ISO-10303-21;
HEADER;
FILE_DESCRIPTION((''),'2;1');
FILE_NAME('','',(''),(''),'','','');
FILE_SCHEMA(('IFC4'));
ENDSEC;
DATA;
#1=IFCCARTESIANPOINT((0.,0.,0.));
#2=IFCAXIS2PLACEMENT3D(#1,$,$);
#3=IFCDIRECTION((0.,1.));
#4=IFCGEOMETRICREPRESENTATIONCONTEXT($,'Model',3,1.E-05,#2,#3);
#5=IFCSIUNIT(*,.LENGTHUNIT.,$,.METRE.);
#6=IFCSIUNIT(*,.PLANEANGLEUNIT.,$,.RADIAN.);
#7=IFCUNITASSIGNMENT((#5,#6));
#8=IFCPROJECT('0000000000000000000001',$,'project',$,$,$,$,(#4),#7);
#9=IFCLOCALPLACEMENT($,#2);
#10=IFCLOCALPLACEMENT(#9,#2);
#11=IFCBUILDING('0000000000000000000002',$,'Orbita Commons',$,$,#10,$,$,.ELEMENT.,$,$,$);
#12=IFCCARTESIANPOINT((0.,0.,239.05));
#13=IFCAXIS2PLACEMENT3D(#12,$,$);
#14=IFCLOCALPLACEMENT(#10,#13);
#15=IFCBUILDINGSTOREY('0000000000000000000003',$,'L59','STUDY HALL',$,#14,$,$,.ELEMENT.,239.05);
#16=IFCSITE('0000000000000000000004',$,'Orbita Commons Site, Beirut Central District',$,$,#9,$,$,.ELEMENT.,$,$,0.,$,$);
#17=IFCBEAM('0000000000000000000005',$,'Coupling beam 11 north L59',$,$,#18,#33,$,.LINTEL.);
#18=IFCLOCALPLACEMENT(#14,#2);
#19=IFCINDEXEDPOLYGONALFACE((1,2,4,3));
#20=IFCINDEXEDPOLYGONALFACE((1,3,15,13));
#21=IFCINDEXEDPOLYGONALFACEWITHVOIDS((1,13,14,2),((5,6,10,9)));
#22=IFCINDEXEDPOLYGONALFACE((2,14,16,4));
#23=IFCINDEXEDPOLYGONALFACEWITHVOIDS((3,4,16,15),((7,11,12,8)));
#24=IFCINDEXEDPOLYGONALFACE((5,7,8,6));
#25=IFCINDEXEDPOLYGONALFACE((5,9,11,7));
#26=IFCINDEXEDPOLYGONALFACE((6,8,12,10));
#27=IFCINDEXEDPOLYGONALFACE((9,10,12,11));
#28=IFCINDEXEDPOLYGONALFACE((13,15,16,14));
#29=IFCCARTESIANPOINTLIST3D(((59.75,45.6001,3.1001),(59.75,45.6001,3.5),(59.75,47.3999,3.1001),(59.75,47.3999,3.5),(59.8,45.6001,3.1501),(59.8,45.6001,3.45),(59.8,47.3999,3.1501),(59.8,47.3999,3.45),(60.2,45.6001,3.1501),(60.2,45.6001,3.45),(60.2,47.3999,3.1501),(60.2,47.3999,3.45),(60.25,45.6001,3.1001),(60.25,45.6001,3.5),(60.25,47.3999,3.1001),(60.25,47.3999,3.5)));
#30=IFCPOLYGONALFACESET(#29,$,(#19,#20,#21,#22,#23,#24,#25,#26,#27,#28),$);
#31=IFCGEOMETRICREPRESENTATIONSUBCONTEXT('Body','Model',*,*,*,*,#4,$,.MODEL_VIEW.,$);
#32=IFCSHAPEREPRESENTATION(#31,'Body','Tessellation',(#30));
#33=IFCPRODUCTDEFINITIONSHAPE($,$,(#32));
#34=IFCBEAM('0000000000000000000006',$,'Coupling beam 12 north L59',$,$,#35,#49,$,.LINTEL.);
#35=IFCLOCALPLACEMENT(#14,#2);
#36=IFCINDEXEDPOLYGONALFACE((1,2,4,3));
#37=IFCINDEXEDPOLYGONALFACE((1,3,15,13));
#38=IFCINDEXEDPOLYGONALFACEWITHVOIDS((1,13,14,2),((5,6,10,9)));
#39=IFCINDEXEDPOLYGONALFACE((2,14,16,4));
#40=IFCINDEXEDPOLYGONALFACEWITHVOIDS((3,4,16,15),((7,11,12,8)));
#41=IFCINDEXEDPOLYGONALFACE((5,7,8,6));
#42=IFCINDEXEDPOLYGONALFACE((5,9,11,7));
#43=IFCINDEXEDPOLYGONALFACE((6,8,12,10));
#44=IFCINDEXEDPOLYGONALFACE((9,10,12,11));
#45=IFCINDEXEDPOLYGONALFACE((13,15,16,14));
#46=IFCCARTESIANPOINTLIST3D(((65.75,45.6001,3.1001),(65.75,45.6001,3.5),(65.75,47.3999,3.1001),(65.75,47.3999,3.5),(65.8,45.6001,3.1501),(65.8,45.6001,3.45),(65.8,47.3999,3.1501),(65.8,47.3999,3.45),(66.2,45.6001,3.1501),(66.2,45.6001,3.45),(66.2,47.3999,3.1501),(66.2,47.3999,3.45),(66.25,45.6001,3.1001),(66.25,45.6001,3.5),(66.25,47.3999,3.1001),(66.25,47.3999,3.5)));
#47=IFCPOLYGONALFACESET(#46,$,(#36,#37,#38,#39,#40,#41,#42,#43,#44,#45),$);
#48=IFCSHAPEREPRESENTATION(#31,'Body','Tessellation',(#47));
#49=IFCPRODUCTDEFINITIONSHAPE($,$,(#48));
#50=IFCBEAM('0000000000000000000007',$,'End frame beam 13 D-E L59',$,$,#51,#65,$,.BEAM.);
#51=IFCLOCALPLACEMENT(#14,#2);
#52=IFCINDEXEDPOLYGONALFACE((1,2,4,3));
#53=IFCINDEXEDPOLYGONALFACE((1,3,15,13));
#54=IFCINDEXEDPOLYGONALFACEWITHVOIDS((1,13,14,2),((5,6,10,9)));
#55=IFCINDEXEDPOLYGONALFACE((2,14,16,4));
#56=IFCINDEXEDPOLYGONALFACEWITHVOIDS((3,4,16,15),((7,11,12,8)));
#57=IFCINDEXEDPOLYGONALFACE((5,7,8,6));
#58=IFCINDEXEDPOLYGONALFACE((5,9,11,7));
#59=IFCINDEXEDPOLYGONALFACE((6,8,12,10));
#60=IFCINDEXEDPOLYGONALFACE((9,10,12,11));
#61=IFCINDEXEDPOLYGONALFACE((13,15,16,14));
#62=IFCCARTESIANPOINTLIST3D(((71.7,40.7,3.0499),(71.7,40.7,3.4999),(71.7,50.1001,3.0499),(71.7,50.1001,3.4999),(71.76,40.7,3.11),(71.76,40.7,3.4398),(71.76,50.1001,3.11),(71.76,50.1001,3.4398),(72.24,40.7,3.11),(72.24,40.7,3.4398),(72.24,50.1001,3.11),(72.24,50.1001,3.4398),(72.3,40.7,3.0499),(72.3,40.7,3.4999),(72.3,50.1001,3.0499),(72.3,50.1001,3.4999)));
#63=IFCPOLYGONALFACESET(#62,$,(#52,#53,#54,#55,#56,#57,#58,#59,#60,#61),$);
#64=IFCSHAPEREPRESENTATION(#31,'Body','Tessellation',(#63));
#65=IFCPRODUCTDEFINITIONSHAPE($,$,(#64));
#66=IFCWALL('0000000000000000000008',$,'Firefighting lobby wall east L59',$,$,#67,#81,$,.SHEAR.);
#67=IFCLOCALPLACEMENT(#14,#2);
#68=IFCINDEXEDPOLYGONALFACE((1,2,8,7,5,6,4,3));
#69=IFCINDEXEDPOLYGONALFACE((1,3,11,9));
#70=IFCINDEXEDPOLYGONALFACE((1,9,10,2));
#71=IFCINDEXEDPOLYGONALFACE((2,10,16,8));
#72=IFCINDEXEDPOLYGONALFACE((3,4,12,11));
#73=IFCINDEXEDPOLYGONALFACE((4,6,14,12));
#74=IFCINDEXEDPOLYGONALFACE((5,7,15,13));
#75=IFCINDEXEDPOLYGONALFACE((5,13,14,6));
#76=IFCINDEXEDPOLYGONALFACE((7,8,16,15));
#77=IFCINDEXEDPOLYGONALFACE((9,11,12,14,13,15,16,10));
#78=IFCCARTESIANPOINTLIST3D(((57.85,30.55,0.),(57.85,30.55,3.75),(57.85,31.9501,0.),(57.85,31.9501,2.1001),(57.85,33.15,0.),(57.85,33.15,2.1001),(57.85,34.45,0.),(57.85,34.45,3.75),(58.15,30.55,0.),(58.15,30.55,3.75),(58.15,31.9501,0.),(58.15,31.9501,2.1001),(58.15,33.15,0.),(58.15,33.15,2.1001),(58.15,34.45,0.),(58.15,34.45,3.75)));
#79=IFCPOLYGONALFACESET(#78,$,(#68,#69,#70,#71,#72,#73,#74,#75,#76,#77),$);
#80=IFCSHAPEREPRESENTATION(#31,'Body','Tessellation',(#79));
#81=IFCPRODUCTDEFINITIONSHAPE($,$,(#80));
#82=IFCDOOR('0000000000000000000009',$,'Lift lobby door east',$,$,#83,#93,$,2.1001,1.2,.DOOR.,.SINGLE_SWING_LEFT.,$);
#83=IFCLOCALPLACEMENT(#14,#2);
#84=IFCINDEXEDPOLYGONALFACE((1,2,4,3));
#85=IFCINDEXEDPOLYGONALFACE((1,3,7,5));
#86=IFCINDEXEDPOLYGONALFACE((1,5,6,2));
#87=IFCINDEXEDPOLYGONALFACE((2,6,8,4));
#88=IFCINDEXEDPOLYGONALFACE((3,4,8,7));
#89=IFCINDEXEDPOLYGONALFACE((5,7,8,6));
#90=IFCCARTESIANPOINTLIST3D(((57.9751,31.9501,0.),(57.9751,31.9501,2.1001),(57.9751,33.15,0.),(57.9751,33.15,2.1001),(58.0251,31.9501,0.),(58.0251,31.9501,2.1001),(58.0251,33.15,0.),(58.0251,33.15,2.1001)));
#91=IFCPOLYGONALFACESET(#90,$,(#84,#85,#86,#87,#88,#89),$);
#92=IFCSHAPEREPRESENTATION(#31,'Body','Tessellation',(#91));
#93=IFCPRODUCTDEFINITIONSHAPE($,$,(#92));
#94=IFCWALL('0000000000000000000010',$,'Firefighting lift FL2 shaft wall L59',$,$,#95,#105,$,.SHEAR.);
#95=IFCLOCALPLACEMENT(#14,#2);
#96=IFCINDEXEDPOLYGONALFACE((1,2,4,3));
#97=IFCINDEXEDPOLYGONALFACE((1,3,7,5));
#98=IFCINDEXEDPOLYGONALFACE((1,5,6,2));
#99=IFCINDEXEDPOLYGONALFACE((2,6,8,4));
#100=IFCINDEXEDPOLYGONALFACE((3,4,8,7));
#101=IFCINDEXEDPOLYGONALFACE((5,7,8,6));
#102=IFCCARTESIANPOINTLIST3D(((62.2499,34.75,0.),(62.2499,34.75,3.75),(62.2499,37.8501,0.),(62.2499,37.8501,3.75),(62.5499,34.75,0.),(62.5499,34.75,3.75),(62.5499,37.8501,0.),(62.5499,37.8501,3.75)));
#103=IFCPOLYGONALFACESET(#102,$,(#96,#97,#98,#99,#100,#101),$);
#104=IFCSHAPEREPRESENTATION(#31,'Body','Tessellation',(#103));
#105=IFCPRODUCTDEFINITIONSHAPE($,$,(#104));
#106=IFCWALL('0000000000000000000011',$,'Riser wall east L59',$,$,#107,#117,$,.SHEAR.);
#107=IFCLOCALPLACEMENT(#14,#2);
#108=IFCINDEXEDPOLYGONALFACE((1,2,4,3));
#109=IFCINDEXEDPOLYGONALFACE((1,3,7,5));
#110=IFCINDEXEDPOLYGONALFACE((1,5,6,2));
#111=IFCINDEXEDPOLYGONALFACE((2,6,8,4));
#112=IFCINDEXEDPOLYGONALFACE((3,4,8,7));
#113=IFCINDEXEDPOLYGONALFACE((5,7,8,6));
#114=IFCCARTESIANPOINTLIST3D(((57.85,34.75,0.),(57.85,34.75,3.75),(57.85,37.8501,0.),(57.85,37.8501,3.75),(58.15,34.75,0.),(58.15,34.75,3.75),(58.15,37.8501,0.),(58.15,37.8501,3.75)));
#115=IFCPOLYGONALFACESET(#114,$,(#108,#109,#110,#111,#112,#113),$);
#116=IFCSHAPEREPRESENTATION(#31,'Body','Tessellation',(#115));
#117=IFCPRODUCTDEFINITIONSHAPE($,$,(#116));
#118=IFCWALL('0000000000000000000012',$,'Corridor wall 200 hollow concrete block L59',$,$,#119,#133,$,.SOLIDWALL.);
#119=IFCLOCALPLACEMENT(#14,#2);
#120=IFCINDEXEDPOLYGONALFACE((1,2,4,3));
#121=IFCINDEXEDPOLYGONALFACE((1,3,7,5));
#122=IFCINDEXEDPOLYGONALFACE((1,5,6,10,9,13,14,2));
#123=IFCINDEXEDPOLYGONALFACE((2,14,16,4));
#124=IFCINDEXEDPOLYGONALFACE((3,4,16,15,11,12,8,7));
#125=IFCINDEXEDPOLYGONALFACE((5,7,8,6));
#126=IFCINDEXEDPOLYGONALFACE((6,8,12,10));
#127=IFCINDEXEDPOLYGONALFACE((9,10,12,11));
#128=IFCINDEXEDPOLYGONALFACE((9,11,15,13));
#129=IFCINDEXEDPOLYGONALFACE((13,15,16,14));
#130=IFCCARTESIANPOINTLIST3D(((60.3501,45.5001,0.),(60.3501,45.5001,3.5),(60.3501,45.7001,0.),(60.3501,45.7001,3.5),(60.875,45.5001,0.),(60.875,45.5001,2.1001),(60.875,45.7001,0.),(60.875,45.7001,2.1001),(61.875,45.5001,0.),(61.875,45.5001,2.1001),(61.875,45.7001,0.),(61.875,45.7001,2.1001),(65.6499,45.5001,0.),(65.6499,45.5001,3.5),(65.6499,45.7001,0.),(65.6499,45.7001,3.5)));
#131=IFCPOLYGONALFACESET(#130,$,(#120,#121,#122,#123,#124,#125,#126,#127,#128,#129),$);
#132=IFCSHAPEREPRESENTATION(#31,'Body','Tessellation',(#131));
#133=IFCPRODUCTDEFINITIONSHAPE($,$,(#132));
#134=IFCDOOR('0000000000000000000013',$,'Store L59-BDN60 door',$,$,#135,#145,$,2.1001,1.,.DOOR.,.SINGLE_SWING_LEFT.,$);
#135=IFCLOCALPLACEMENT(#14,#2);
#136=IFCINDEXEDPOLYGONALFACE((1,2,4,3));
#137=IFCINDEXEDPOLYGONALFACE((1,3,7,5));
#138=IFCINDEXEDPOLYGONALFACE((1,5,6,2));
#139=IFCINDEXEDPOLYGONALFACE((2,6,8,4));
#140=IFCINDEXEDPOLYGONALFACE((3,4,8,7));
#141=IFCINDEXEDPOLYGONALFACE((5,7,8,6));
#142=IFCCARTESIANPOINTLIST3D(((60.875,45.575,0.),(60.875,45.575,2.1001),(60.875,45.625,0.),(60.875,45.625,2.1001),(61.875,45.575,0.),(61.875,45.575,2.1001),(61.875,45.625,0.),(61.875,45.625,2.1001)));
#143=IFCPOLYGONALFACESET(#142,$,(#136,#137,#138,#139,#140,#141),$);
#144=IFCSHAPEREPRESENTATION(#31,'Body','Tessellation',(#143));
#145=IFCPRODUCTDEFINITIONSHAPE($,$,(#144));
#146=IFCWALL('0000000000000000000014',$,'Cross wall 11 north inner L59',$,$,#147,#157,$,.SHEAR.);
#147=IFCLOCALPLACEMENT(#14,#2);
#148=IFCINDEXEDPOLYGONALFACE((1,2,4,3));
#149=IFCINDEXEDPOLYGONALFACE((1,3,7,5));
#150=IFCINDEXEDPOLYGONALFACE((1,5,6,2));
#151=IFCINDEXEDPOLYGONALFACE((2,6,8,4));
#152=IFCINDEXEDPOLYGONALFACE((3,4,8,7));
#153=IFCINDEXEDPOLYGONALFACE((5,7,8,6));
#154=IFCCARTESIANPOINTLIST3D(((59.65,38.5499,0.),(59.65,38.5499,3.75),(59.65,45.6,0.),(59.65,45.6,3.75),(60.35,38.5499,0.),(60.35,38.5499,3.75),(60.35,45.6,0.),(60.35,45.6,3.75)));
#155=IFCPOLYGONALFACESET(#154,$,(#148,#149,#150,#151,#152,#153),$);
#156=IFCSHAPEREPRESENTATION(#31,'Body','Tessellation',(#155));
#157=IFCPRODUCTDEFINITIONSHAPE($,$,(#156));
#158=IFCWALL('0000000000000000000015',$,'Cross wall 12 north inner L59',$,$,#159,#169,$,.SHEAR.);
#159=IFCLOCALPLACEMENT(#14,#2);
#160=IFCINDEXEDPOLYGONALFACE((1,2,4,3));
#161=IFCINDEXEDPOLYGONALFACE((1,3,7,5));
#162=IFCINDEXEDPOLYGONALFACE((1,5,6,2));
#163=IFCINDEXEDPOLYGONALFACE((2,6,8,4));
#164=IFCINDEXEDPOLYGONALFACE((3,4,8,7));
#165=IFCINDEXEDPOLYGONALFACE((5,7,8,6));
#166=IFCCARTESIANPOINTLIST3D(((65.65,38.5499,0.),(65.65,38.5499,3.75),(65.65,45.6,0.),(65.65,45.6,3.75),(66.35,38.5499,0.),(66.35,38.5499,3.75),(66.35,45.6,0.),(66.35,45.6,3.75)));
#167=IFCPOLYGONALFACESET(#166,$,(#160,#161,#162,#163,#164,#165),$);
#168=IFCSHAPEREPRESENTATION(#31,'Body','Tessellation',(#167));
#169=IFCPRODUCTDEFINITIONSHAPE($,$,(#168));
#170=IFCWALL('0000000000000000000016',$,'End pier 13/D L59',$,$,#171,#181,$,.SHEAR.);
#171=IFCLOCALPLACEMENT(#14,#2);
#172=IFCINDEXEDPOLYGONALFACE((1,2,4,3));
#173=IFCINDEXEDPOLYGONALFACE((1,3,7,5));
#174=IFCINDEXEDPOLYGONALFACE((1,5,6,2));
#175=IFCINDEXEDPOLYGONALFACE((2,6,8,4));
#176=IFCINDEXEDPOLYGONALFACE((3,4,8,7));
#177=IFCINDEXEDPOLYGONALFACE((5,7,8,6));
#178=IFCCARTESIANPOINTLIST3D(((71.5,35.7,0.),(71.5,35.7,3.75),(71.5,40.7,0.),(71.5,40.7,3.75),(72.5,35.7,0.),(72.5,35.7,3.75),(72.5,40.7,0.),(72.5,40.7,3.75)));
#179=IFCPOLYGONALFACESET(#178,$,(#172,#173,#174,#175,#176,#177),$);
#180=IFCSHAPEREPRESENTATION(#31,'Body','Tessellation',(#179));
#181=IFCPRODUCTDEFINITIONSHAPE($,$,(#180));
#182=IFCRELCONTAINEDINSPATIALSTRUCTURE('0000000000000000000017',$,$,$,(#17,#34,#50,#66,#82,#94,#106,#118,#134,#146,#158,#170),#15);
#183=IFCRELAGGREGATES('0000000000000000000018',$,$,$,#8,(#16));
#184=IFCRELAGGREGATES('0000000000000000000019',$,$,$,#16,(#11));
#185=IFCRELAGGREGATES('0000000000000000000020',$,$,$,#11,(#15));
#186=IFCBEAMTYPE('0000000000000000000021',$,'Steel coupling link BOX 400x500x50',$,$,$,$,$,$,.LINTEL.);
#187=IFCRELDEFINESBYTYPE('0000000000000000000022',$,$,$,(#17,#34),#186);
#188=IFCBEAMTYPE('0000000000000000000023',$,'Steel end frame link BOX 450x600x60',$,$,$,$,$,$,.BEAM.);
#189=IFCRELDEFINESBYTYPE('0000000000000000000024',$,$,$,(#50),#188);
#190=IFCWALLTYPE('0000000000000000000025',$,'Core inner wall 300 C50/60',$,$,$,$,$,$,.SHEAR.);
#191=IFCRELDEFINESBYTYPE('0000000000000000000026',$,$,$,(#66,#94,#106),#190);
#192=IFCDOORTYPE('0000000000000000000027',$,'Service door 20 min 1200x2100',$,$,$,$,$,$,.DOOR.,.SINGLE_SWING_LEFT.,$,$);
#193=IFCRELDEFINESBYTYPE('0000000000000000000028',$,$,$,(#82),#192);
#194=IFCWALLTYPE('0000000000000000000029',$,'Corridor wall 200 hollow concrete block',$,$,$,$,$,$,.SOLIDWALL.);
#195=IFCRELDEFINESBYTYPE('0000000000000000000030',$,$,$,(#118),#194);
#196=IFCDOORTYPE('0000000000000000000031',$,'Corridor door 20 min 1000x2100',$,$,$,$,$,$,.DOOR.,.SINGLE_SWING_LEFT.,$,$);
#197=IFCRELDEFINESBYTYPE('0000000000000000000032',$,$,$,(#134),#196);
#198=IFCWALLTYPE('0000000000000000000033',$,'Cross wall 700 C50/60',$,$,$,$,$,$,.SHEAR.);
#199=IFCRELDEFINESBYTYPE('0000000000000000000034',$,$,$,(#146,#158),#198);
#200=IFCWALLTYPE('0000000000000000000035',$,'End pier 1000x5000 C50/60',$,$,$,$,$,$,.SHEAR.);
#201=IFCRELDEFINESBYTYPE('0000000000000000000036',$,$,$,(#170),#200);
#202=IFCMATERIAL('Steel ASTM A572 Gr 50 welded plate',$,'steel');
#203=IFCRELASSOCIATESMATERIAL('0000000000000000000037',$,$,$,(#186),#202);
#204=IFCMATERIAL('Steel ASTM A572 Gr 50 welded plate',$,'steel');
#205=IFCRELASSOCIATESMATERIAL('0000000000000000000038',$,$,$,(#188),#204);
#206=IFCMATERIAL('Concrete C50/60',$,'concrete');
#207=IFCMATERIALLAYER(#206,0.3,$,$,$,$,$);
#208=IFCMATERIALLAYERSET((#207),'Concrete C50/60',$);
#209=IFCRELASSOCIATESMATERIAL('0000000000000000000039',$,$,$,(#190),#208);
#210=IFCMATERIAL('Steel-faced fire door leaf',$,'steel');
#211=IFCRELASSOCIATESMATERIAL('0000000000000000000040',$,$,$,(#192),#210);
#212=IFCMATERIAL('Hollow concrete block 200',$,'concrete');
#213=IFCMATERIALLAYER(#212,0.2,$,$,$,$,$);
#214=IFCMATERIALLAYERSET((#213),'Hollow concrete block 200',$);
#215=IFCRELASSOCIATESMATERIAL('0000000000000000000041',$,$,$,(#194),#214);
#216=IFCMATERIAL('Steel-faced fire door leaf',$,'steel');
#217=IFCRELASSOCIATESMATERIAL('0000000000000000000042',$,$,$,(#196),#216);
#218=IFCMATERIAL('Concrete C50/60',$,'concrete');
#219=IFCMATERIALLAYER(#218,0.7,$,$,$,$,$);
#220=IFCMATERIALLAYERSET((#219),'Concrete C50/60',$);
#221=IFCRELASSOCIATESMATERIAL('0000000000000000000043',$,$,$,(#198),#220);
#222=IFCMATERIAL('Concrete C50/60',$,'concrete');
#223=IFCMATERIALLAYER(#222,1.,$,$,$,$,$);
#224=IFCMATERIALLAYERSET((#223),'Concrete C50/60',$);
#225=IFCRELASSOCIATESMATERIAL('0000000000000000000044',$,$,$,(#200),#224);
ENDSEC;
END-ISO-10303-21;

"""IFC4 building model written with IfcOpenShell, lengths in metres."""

from ifc_helpers import new_model, si_unit, direction, frame, frame_2d, origin, origin_2d, place, context, subcontext, project, spatial, rectangle, hollow_rectangle, extrude, material, layer, layer_set, material_profile, profile_set, type_object, element, fill, save


model = new_model("IFC4")

# Units and contexts
model_context = context("Model", 3, precision=1e-05, world=origin(), true_north=direction((0.0, 1.0)))
body_context = subcontext(model_context, "Body", "Model", "MODEL_VIEW")
ifc_project = project(units=[si_unit("LENGTHUNIT", "METRE"), si_unit("PLANEANGLEUNIT", "RADIAN")], contexts=[model_context])

# Site, building, storey
site_placement = place(None, origin())
site = spatial("IfcSite", under=ifc_project, at=site_placement, Name="Orbita Commons Site, Beirut Central District", CompositionType="ELEMENT", RefElevation=0.0)
building_placement = place(site_placement, origin())
building = spatial("IfcBuilding", under=site, at=building_placement, Name="Orbita Commons", CompositionType="ELEMENT")
storey_placement = place(building_placement, frame((0.0, 0.0, 239.05)))
storey = spatial("IfcBuildingStorey", under=building, at=storey_placement, Name="L59", Description="STUDY HALL", CompositionType="ELEMENT", Elevation=239.05)

# Beams
ifc_material_1 = material(Name="Steel ASTM A572 Gr 50 welded plate", Category="steel")
ifc_material_profile_1 = material_profile(ifc_material_1, hollow_rectangle(XDim=0.5, YDim=0.3999, WallThickness=0.05, at=origin_2d()), Name="BOX 400x500x50")
ifc_profile_set_1 = profile_set([ifc_material_profile_1], Name="Steel ASTM A572 Gr 50 welded plate")
beam_type_1 = type_object("IfcBeamType", Name="Steel coupling link BOX 400x500x50", PredefinedType="LINTEL", material=ifc_profile_set_1)
for number, where, z_axis, x_axis, name in (
    (1, (60.0, 45.6001, 3.3), (0.0, 1.0, 0.0), (-1.0, 0.0, 0.0), "Coupling beam 11 north L59"),
    (2, (66.0, 45.6001, 3.3), (0.0, 1.0, 0.0), (-1.0, 0.0, 0.0), "Coupling beam 12 north L59"),
):
    element("IfcBeam", number, at=place(storey_placement, frame(where, z_axis=z_axis, x_axis=x_axis)), inside=storey, type_object=beam_type_1, Name=name, PredefinedType="LINTEL", context=body_context, shape_type="SweptSolid", body=[
        extrude(hollow_rectangle(XDim=0.5, YDim=0.3999, WallThickness=0.05, at=origin_2d()), origin(), (0.0, 0.0, 1.0), 1.7998),
    ])
ifc_material_2 = material(Name="Steel ASTM A572 Gr 50 welded plate", Category="steel")
ifc_material_profile_2 = material_profile(ifc_material_2, hollow_rectangle(XDim=0.6001, YDim=0.45, WallThickness=0.0601, at=origin_2d()), Name="BOX 450x600x60")
ifc_profile_set_2 = profile_set([ifc_material_profile_2], Name="Steel ASTM A572 Gr 50 welded plate")
beam_type_2 = type_object("IfcBeamType", Name="Steel end frame link BOX 450x600x60", PredefinedType="BEAM", material=ifc_profile_set_2)
beam_placement = place(storey_placement, frame((72.0, 40.7, 3.2749), z_axis=(0.0, 1.0, 0.0), x_axis=(-1.0, 0.0, 0.0)))
element("IfcBeam", 3, at=beam_placement, inside=storey, type_object=beam_type_2, Name="End frame beam 13 D-E L59", PredefinedType="BEAM", context=body_context, shape_type="SweptSolid", body=[
    extrude(hollow_rectangle(XDim=0.6001, YDim=0.45, WallThickness=0.0601, at=origin_2d()), origin(), (0.0, 0.0, 1.0), 9.4001),
])

# Wall, opening, door
ifc_material_3 = material(Name="Concrete C50/60", Category="concrete")
ifc_layer_1 = layer(ifc_material_3, 0.3)
ifc_layer_set_1 = layer_set([ifc_layer_1], Name="Concrete C50/60")
wall_type_1 = type_object("IfcWallType", Name="Core inner wall 300 C50/60", PredefinedType="SHEAR", material=ifc_layer_set_1)
wall_1_placement = place(storey_placement, frame((58.0, 30.55, 0.0), z_axis=(0.0, 0.0, 1.0), x_axis=(0.0, 1.0, 0.0)))
wall_1 = element("IfcWall", 4, at=wall_1_placement, inside=storey, type_object=wall_type_1, Name="Firefighting lobby wall east L59", PredefinedType="SHEAR", context=body_context, shape_type="SweptSolid", body=[
    extrude(rectangle(XDim=3.8999, YDim=0.3, at=frame_2d((1.95, 0.0))), origin(), (0.0, 0.0, 1.0), 3.75),
])
opening_1_placement = place(wall_1_placement, frame((1.3999, 0.0, 0.0)))
opening_1 = element("IfcOpeningElement", 5, at=opening_1_placement, cuts=wall_1, PredefinedType="OPENING", context=body_context, shape_type="SweptSolid", body=[
    extrude(rectangle(XDim=1.2, YDim=2.1001, at=frame_2d((0.6001, 1.05))), frame((0.0, 0.1599, 0.0), z_axis=(0.0, -1.0, 0.0), x_axis=(1.0, 0.0, 0.0)), (0.0, 0.0, 1.0), 0.3201),
])
ifc_material_4 = material(Name="Steel-faced fire door leaf", Category="steel")
door_type_1 = type_object("IfcDoorType", Name="Service door 20 min 1200x2100", OperationType="SINGLE_SWING_LEFT", PredefinedType="DOOR", material=ifc_material_4)
door_1_placement = place(opening_1_placement, origin())
door_1 = element("IfcDoor", 6, at=door_1_placement, inside=storey, type_object=door_type_1, Name="Lift lobby door east", OperationType="SINGLE_SWING_LEFT", OverallHeight=2.1001, OverallWidth=1.2, PredefinedType="DOOR", context=body_context, shape_type="SweptSolid", body=[
    extrude(rectangle(XDim=1.2, YDim=2.1001, at=frame_2d((0.6001, 1.05))), frame((0.0, 0.0249, 0.0), z_axis=(0.0, -1.0, 0.0), x_axis=(1.0, 0.0, 0.0)), (0.0, 0.0, 1.0), 0.05),
])
fill(opening_1, door_1)

# Walls
for number, where, z_axis, x_axis, name in (
    (7, (62.3999, 34.75, 0.0), (0.0, 0.0, 1.0), (0.0, 1.0, 0.0), "Firefighting lift FL2 shaft wall L59"),
    (8, (58.0, 34.75, 0.0), (0.0, 0.0, 1.0), (0.0, 1.0, 0.0), "Riser wall east L59"),
):
    element("IfcWall", number, at=place(storey_placement, frame(where, z_axis=z_axis, x_axis=x_axis)), inside=storey, type_object=wall_type_1, Name=name, PredefinedType="SHEAR", context=body_context, shape_type="SweptSolid", body=[
        extrude(rectangle(XDim=3.1001, YDim=0.3, at=frame_2d((1.55, 0.0))), origin(), (0.0, 0.0, 1.0), 3.75),
    ])

# Wall, opening, door
ifc_material_5 = material(Name="Hollow concrete block 200", Category="concrete")
ifc_layer_2 = layer(ifc_material_5, 0.2)
ifc_layer_set_2 = layer_set([ifc_layer_2], Name="Hollow concrete block 200")
wall_type_2 = type_object("IfcWallType", Name="Corridor wall 200 hollow concrete block", PredefinedType="SOLIDWALL", material=ifc_layer_set_2)
wall_2_placement = place(storey_placement, frame((60.3501, 45.6001, 0.0), z_axis=(0.0, 0.0, 1.0), x_axis=(1.0, 0.0, 0.0)))
wall_2 = element("IfcWall", 9, at=wall_2_placement, inside=storey, type_object=wall_type_2, Name="Corridor wall 200 hollow concrete block L59", PredefinedType="SOLIDWALL", context=body_context, shape_type="SweptSolid", body=[
    extrude(rectangle(XDim=5.2998, YDim=0.2, at=frame_2d((2.6499, 0.0))), origin(), (0.0, 0.0, 1.0), 3.5),
])
opening_2_placement = place(wall_2_placement, frame((0.5249, 0.0, 0.0)))
opening_2 = element("IfcOpeningElement", 10, at=opening_2_placement, cuts=wall_2, PredefinedType="OPENING", context=body_context, shape_type="SweptSolid", body=[
    extrude(rectangle(XDim=1.0, YDim=2.1001, at=frame_2d((0.5, 1.05))), frame((0.0, 0.1099, 0.0), z_axis=(0.0, -1.0, 0.0), x_axis=(1.0, 0.0, 0.0)), (0.0, 0.0, 1.0), 0.22),
])
ifc_material_6 = material(Name="Steel-faced fire door leaf", Category="steel")
door_type_2 = type_object("IfcDoorType", Name="Corridor door 20 min 1000x2100", OperationType="SINGLE_SWING_LEFT", PredefinedType="DOOR", material=ifc_material_6)
door_2_placement = place(opening_2_placement, origin())
door_2 = element("IfcDoor", 11, at=door_2_placement, inside=storey, type_object=door_type_2, Name="Store L59-BDN60 door", OperationType="SINGLE_SWING_LEFT", OverallHeight=2.1001, OverallWidth=1.0, PredefinedType="DOOR", context=body_context, shape_type="SweptSolid", body=[
    extrude(rectangle(XDim=1.0, YDim=2.1001, at=frame_2d((0.5, 1.05))), frame((0.0, 0.0249, 0.0), z_axis=(0.0, -1.0, 0.0), x_axis=(1.0, 0.0, 0.0)), (0.0, 0.0, 1.0), 0.05),
])
fill(opening_2, door_2)

# Walls
ifc_material_7 = material(Name="Concrete C50/60", Category="concrete")
ifc_layer_3 = layer(ifc_material_7, 0.7)
ifc_layer_set_3 = layer_set([ifc_layer_3], Name="Concrete C50/60")
wall_type_3 = type_object("IfcWallType", Name="Cross wall 700 C50/60", PredefinedType="SHEAR", material=ifc_layer_set_3)
for number, where, z_axis, x_axis, name in (
    (12, (60.0, 38.55, 0.0), (0.0, 0.0, 1.0), (0.0, 1.0, 0.0), "Cross wall 11 north inner L59"),
    (13, (66.0, 38.55, 0.0), (0.0, 0.0, 1.0), (0.0, 1.0, 0.0), "Cross wall 12 north inner L59"),
):
    element("IfcWall", number, at=place(storey_placement, frame(where, z_axis=z_axis, x_axis=x_axis)), inside=storey, type_object=wall_type_3, Name=name, PredefinedType="SHEAR", context=body_context, shape_type="SweptSolid", body=[
        extrude(rectangle(XDim=7.05, YDim=0.7, at=frame_2d((3.5249, 0.0))), origin(), (0.0, 0.0, 1.0), 3.75),
    ])
ifc_material_8 = material(Name="Concrete C50/60", Category="concrete")
ifc_layer_4 = layer(ifc_material_8, 1.0)
ifc_layer_set_4 = layer_set([ifc_layer_4], Name="Concrete C50/60")
wall_type_4 = type_object("IfcWallType", Name="End pier 1000x5000 C50/60", PredefinedType="SHEAR", material=ifc_layer_set_4)
wall_3_placement = place(storey_placement, frame((72.0, 35.7, 0.0), z_axis=(0.0, 0.0, 1.0), x_axis=(0.0, 1.0, 0.0)))
element("IfcWall", 14, at=wall_3_placement, inside=storey, type_object=wall_type_4, Name="End pier 13/D L59", PredefinedType="SHEAR", context=body_context, shape_type="SweptSolid", body=[
    extrude(rectangle(XDim=5.0, YDim=1.0, at=frame_2d((2.5, 0.0))), origin(), (0.0, 0.0, 1.0), 3.75),
])

save(model, "model.ifc")
